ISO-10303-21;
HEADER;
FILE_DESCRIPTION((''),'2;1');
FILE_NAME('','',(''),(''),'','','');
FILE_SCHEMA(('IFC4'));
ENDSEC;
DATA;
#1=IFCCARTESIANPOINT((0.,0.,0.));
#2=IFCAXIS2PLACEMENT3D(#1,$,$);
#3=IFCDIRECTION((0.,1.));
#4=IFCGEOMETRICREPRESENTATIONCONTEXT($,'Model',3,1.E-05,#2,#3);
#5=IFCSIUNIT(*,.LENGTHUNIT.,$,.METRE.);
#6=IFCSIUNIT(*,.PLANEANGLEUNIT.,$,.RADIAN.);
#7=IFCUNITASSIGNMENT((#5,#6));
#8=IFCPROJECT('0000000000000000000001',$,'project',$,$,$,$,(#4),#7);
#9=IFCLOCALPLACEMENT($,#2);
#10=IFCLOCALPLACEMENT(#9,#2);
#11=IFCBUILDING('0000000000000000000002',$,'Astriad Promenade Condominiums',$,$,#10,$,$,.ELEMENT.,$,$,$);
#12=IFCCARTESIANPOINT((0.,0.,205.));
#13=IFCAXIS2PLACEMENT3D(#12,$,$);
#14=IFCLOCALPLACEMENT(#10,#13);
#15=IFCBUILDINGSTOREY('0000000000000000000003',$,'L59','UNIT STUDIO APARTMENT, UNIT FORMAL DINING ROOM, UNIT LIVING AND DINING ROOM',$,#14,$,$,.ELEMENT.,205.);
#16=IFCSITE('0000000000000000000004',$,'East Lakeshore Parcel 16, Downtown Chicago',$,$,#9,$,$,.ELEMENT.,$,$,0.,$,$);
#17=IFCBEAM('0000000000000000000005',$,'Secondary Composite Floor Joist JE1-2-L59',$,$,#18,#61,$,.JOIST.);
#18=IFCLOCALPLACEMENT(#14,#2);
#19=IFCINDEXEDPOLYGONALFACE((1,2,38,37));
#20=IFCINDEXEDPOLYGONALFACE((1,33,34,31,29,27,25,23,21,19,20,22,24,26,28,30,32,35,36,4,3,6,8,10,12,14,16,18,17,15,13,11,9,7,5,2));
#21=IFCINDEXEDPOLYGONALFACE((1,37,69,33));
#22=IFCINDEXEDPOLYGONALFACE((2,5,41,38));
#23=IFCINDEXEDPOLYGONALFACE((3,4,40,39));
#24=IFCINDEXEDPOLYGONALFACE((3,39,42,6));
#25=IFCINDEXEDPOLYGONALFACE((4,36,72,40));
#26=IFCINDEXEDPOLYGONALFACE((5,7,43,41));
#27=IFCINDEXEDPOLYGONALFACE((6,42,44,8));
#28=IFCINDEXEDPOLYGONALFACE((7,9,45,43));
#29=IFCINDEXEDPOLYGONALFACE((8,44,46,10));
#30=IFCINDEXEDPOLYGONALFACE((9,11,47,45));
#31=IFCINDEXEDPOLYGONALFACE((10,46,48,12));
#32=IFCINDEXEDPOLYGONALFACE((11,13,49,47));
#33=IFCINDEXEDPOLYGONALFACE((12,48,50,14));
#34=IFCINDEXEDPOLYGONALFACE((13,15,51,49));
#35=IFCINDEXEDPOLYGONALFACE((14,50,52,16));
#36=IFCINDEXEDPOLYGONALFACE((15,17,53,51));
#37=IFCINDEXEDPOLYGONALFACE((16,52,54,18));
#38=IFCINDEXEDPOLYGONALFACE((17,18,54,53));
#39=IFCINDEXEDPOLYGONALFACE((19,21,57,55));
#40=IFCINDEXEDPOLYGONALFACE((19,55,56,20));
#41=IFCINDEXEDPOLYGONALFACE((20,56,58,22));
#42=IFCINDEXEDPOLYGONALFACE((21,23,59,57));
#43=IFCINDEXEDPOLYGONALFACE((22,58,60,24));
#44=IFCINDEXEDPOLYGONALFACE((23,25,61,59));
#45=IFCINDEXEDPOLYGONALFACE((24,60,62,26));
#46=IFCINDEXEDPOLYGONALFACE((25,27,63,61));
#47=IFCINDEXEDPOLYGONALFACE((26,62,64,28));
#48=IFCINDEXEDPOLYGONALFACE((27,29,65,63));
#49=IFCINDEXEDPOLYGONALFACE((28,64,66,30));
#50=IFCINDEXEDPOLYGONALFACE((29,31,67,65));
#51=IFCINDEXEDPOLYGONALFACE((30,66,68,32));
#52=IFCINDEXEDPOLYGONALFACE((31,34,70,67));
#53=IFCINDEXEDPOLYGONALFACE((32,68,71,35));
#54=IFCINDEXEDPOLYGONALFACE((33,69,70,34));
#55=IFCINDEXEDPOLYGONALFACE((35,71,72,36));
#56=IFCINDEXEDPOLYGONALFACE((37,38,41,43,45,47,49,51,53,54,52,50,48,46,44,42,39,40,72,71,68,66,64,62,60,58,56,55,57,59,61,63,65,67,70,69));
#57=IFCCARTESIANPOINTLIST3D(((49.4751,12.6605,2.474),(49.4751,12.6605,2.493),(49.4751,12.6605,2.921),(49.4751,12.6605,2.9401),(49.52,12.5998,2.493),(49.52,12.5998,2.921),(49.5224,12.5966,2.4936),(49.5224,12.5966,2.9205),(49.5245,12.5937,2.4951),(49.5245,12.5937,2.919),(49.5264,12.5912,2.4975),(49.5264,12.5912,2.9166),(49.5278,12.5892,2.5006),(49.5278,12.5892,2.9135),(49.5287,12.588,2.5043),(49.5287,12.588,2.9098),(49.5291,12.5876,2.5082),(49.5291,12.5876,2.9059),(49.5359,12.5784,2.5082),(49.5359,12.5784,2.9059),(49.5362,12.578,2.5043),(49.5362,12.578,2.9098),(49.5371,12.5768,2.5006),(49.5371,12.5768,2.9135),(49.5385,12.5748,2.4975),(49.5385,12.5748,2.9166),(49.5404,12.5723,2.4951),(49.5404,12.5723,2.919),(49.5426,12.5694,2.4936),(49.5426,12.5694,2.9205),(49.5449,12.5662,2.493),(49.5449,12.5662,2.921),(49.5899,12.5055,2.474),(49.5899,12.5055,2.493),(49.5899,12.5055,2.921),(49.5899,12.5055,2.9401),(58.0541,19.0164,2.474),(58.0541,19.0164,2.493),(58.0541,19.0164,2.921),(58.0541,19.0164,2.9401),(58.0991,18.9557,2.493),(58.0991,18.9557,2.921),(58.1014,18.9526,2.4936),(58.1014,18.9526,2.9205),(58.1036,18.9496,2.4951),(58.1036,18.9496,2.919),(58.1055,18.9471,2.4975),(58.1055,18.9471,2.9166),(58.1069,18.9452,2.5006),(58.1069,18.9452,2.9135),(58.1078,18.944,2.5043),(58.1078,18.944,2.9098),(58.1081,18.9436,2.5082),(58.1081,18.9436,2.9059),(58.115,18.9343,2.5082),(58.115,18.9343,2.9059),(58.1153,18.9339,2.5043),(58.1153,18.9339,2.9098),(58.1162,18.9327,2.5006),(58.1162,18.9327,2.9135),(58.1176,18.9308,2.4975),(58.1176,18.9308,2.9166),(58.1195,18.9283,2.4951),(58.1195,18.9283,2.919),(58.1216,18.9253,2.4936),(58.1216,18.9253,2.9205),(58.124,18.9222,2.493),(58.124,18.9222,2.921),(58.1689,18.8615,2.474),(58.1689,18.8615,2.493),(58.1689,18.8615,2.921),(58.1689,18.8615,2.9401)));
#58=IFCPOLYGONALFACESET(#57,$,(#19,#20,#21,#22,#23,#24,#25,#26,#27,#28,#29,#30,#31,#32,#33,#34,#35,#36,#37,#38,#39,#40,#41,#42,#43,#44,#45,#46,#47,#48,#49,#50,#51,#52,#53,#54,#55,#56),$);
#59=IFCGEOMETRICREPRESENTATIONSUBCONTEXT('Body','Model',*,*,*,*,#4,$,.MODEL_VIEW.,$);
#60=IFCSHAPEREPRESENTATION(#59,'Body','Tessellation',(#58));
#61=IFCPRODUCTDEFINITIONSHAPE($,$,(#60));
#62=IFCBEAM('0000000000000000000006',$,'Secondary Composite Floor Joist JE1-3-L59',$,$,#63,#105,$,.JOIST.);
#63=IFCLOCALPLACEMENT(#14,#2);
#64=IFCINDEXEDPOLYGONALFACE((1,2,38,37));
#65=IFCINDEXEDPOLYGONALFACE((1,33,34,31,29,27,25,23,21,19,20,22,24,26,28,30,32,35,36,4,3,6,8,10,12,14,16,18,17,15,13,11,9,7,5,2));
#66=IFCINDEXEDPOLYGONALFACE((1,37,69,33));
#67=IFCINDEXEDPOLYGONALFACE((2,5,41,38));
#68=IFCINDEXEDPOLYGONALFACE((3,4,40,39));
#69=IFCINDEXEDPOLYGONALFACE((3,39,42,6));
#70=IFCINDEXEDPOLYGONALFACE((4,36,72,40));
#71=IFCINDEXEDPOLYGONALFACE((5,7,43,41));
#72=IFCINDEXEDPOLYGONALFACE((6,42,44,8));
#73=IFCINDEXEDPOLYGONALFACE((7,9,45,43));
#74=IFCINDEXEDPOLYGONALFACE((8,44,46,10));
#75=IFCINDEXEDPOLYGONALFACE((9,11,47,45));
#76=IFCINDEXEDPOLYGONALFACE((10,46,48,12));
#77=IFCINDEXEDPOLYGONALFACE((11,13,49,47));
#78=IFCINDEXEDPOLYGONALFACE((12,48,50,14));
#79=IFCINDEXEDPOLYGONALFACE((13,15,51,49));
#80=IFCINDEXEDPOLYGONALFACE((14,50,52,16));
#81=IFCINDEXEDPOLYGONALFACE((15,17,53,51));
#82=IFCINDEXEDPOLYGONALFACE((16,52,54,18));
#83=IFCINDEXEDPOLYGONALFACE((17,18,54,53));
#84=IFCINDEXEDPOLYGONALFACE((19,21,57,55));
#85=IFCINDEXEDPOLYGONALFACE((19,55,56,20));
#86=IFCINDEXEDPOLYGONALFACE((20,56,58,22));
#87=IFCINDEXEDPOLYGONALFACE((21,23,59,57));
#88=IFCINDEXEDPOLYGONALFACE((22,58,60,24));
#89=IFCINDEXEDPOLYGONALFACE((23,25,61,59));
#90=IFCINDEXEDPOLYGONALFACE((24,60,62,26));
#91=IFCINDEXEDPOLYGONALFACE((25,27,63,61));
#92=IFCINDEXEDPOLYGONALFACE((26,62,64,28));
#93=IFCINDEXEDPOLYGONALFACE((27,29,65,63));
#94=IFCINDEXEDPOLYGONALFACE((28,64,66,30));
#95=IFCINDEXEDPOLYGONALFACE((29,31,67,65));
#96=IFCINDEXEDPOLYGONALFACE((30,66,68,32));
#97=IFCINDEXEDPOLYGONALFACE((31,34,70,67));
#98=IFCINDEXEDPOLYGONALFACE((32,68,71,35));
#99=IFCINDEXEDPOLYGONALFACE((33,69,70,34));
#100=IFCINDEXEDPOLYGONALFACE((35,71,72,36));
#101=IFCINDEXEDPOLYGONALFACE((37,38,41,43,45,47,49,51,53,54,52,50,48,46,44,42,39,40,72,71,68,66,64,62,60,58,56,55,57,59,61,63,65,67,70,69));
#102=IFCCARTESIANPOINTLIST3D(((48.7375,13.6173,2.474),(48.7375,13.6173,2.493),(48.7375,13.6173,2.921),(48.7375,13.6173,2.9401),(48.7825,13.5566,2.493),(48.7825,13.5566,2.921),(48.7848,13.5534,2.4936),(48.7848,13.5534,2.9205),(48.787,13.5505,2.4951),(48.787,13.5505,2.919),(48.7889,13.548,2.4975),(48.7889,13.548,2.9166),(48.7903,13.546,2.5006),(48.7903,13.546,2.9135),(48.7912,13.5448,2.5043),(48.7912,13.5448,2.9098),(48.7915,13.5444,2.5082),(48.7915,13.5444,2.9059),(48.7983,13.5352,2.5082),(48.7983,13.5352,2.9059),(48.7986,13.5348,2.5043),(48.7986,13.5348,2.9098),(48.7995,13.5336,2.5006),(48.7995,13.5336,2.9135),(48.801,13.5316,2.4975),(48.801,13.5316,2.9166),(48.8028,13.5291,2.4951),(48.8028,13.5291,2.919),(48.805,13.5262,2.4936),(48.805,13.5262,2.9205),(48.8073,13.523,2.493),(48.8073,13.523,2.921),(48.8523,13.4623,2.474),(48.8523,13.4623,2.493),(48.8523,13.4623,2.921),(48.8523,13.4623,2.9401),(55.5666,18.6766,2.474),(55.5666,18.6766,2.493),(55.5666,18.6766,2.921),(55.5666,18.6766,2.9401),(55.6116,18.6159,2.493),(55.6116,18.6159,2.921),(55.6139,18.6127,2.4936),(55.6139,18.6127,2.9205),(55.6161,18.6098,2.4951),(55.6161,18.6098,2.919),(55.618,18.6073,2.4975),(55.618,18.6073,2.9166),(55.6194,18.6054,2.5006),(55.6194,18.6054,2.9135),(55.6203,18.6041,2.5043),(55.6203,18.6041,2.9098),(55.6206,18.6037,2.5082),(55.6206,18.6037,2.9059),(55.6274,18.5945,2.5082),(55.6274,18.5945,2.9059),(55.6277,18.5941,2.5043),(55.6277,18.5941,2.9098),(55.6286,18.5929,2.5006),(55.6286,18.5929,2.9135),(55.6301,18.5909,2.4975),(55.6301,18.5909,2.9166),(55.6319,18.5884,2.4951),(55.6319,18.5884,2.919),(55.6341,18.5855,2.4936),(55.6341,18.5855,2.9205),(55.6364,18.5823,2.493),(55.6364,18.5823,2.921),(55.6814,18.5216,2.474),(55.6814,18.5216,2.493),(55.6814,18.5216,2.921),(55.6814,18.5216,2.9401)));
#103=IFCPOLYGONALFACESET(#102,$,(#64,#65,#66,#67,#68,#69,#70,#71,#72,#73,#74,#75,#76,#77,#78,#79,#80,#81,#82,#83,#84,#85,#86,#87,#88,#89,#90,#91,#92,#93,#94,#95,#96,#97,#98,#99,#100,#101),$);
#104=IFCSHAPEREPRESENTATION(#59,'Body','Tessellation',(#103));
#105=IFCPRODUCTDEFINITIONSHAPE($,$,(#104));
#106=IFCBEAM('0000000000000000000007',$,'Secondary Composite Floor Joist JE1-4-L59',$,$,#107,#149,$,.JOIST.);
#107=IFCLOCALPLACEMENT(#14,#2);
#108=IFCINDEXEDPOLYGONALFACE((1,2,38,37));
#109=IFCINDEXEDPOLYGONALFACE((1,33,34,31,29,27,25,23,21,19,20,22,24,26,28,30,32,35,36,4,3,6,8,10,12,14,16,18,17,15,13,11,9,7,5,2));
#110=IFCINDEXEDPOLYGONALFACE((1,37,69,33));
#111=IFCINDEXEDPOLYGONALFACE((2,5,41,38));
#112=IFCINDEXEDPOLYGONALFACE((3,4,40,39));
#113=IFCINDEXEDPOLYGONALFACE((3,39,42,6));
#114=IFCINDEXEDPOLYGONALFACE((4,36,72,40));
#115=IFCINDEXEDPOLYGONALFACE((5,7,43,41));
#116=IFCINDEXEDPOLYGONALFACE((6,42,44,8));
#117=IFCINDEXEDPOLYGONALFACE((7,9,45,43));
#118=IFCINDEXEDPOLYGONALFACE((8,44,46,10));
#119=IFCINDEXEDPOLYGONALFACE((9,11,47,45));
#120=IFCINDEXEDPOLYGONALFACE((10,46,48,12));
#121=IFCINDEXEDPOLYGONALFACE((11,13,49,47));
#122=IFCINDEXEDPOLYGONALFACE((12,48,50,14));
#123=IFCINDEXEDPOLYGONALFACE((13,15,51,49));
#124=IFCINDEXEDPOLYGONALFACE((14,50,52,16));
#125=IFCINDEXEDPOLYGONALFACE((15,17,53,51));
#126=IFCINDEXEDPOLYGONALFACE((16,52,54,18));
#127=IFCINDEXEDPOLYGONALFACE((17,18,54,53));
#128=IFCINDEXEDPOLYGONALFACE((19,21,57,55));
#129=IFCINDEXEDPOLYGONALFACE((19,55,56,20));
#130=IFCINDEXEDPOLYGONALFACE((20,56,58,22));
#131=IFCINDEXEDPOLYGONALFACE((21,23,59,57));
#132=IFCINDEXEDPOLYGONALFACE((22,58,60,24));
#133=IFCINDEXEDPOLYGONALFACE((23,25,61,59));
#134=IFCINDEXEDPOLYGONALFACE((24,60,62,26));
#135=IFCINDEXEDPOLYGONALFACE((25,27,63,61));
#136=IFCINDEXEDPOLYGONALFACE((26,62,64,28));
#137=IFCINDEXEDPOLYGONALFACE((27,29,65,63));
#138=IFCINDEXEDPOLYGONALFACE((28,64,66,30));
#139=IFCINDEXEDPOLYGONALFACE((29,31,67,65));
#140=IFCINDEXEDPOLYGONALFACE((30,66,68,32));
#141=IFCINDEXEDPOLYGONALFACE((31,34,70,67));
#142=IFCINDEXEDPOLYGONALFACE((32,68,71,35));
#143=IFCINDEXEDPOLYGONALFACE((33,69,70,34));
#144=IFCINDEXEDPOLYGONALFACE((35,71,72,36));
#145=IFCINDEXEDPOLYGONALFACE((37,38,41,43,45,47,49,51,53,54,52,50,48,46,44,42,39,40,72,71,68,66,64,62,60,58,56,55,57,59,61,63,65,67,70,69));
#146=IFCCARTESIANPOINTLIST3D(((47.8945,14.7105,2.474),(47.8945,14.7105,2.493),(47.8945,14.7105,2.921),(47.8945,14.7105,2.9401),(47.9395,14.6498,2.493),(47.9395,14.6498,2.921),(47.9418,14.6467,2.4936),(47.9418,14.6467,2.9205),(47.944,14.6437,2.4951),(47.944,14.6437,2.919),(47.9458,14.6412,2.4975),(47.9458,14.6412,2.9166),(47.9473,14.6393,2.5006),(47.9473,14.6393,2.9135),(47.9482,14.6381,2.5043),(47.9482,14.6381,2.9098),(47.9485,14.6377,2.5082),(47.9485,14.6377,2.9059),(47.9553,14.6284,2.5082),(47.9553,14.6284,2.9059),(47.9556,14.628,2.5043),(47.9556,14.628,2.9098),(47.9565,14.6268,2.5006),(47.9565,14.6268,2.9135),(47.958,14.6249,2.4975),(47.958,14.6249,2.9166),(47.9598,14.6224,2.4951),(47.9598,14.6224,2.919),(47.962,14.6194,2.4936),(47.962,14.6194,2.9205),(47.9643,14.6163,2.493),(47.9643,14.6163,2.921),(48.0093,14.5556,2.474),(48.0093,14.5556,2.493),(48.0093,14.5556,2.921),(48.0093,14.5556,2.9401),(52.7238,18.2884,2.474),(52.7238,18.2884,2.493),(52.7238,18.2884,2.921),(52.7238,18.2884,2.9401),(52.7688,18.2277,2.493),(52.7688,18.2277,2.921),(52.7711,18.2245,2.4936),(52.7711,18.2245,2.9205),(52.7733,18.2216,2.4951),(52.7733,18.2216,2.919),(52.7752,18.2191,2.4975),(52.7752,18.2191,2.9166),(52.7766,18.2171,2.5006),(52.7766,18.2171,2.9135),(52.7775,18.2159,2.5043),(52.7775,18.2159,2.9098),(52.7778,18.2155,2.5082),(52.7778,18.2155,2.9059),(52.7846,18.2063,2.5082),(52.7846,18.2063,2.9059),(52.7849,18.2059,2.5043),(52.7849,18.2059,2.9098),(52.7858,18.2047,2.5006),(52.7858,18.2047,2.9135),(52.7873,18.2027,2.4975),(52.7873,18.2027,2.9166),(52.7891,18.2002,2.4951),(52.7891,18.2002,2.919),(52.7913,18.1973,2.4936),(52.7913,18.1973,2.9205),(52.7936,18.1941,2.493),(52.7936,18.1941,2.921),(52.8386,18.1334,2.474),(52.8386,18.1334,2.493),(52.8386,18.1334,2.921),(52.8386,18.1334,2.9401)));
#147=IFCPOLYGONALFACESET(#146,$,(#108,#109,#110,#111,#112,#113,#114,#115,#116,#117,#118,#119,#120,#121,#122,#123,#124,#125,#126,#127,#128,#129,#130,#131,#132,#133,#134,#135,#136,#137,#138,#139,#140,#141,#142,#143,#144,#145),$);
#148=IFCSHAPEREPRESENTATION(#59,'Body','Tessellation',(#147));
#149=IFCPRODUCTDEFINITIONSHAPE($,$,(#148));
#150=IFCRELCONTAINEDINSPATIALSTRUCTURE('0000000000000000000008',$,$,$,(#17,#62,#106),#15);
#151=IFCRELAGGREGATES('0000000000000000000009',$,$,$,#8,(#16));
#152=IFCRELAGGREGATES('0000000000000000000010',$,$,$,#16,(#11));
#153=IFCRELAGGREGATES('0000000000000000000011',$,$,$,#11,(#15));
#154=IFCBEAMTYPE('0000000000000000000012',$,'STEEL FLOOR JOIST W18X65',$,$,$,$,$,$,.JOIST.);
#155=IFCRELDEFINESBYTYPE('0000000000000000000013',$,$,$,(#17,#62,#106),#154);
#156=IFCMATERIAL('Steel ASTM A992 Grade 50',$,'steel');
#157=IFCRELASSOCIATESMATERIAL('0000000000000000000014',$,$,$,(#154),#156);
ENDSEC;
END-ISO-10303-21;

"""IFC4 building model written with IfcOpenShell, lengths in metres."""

from ifc_helpers import new_model, si_unit, direction, frame, origin, origin_2d, place, context, subcontext, project, spatial, i_section, extrude, source, transform, mapped, material, material_profile, profile_set, type_object, element, save


model = new_model("IFC4")

# Units and contexts
model_context = context("Model", 3, precision=1e-05, world=origin(), true_north=direction((0.0, 1.0)))
body_context = subcontext(model_context, "Body", "Model", "MODEL_VIEW")
ifc_project = project(units=[si_unit("LENGTHUNIT", "METRE"), si_unit("PLANEANGLEUNIT", "RADIAN")], contexts=[model_context])

# Site, building, storey
site_placement = place(None, origin())
site = spatial("IfcSite", under=ifc_project, at=site_placement, Name="East Lakeshore Parcel 16, Downtown Chicago", CompositionType="ELEMENT", RefElevation=0.0)
building_placement = place(site_placement, origin())
building = spatial("IfcBuilding", under=site, at=building_placement, Name="Astriad Promenade Condominiums", CompositionType="ELEMENT")
storey_placement = place(building_placement, frame((0.0, 0.0, 205.0)))
storey = spatial("IfcBuildingStorey", under=building, at=storey_placement, Name="L59", Description="UNIT STUDIO APARTMENT, UNIT FORMAL DINING ROOM, UNIT LIVING AND DINING ROOM", CompositionType="ELEMENT", Elevation=205.0)

# Beams
ifc_material_1 = material(Name="Steel ASTM A992 Grade 50", Category="steel")
ifc_material_profile_1 = material_profile(ifc_material_1, i_section(OverallWidth=0.1929, OverallDepth=0.4661, WebThickness=0.0115, FlangeThickness=0.019, FilletRadius=0.0151, at=origin_2d()), Name="W18X65")
ifc_profile_set_1 = profile_set([ifc_material_profile_1], Name="Steel ASTM A992 Grade 50")
beam_type_1 = type_object("IfcBeamType", Name="STEEL FLOOR JOIST W18X65", PredefinedType="JOIST", material=ifc_profile_set_1)
shared_shape_1 = source(origin(), body_context, "Body", "SweptSolid", [
    extrude(i_section(OverallWidth=0.1929, OverallDepth=0.4661, WebThickness=0.0115, FlangeThickness=0.019, FilletRadius=0.0151, at=origin_2d()), origin(), (0.0, 0.0, 1.0), 10.677),
])
beam_1_placement = place(storey_placement, frame((49.5325, 12.583, 2.707), z_axis=(0.803509, 0.595292, 0.0), x_axis=(-0.595292, 0.803509, 0.0)))
element("IfcBeam", 1, at=beam_1_placement, inside=storey, type_object=beam_type_1, Name="Secondary Composite Floor Joist JE1-2-L59", PredefinedType="JOIST", context=body_context, shape_type="MappedRepresentation", body=[
    mapped(shared_shape_1, transform((0.0, 0.0, 0.0), scale=1.0)),
])
shared_shape_2 = source(origin(), body_context, "Body", "SweptSolid", [
    extrude(i_section(OverallWidth=0.1929, OverallDepth=0.4661, WebThickness=0.0115, FlangeThickness=0.019, FilletRadius=0.0151, at=origin_2d()), origin(), (0.0, 0.0, 1.0), 8.499),
])
beam_2_placement = place(storey_placement, frame((48.7949, 13.5398, 2.707), z_axis=(0.803516, 0.595283, 0.0), x_axis=(-0.595283, 0.803516, 0.0)))
element("IfcBeam", 2, at=beam_2_placement, inside=storey, type_object=beam_type_1, Name="Secondary Composite Floor Joist JE1-3-L59", PredefinedType="JOIST", context=body_context, shape_type="MappedRepresentation", body=[
    mapped(shared_shape_2, transform((0.0, 0.0, 0.0), scale=1.0)),
])
shared_shape_3 = source(origin(), body_context, "Body", "SweptSolid", [
    extrude(i_section(OverallWidth=0.1929, OverallDepth=0.4661, WebThickness=0.0115, FlangeThickness=0.019, FilletRadius=0.0151, at=origin_2d()), origin(), (0.0, 0.0, 1.0), 6.0103),
])
beam_3_placement = place(storey_placement, frame((47.9519, 14.6331, 2.707), z_axis=(0.80351, 0.595291, 0.0), x_axis=(-0.595291, 0.80351, 0.0)))
element("IfcBeam", 3, at=beam_3_placement, inside=storey, type_object=beam_type_1, Name="Secondary Composite Floor Joist JE1-4-L59", PredefinedType="JOIST", context=body_context, shape_type="MappedRepresentation", body=[
    mapped(shared_shape_3, transform((0.0, 0.0, 0.0), scale=1.0)),
])

save(model, "model.ifc")
